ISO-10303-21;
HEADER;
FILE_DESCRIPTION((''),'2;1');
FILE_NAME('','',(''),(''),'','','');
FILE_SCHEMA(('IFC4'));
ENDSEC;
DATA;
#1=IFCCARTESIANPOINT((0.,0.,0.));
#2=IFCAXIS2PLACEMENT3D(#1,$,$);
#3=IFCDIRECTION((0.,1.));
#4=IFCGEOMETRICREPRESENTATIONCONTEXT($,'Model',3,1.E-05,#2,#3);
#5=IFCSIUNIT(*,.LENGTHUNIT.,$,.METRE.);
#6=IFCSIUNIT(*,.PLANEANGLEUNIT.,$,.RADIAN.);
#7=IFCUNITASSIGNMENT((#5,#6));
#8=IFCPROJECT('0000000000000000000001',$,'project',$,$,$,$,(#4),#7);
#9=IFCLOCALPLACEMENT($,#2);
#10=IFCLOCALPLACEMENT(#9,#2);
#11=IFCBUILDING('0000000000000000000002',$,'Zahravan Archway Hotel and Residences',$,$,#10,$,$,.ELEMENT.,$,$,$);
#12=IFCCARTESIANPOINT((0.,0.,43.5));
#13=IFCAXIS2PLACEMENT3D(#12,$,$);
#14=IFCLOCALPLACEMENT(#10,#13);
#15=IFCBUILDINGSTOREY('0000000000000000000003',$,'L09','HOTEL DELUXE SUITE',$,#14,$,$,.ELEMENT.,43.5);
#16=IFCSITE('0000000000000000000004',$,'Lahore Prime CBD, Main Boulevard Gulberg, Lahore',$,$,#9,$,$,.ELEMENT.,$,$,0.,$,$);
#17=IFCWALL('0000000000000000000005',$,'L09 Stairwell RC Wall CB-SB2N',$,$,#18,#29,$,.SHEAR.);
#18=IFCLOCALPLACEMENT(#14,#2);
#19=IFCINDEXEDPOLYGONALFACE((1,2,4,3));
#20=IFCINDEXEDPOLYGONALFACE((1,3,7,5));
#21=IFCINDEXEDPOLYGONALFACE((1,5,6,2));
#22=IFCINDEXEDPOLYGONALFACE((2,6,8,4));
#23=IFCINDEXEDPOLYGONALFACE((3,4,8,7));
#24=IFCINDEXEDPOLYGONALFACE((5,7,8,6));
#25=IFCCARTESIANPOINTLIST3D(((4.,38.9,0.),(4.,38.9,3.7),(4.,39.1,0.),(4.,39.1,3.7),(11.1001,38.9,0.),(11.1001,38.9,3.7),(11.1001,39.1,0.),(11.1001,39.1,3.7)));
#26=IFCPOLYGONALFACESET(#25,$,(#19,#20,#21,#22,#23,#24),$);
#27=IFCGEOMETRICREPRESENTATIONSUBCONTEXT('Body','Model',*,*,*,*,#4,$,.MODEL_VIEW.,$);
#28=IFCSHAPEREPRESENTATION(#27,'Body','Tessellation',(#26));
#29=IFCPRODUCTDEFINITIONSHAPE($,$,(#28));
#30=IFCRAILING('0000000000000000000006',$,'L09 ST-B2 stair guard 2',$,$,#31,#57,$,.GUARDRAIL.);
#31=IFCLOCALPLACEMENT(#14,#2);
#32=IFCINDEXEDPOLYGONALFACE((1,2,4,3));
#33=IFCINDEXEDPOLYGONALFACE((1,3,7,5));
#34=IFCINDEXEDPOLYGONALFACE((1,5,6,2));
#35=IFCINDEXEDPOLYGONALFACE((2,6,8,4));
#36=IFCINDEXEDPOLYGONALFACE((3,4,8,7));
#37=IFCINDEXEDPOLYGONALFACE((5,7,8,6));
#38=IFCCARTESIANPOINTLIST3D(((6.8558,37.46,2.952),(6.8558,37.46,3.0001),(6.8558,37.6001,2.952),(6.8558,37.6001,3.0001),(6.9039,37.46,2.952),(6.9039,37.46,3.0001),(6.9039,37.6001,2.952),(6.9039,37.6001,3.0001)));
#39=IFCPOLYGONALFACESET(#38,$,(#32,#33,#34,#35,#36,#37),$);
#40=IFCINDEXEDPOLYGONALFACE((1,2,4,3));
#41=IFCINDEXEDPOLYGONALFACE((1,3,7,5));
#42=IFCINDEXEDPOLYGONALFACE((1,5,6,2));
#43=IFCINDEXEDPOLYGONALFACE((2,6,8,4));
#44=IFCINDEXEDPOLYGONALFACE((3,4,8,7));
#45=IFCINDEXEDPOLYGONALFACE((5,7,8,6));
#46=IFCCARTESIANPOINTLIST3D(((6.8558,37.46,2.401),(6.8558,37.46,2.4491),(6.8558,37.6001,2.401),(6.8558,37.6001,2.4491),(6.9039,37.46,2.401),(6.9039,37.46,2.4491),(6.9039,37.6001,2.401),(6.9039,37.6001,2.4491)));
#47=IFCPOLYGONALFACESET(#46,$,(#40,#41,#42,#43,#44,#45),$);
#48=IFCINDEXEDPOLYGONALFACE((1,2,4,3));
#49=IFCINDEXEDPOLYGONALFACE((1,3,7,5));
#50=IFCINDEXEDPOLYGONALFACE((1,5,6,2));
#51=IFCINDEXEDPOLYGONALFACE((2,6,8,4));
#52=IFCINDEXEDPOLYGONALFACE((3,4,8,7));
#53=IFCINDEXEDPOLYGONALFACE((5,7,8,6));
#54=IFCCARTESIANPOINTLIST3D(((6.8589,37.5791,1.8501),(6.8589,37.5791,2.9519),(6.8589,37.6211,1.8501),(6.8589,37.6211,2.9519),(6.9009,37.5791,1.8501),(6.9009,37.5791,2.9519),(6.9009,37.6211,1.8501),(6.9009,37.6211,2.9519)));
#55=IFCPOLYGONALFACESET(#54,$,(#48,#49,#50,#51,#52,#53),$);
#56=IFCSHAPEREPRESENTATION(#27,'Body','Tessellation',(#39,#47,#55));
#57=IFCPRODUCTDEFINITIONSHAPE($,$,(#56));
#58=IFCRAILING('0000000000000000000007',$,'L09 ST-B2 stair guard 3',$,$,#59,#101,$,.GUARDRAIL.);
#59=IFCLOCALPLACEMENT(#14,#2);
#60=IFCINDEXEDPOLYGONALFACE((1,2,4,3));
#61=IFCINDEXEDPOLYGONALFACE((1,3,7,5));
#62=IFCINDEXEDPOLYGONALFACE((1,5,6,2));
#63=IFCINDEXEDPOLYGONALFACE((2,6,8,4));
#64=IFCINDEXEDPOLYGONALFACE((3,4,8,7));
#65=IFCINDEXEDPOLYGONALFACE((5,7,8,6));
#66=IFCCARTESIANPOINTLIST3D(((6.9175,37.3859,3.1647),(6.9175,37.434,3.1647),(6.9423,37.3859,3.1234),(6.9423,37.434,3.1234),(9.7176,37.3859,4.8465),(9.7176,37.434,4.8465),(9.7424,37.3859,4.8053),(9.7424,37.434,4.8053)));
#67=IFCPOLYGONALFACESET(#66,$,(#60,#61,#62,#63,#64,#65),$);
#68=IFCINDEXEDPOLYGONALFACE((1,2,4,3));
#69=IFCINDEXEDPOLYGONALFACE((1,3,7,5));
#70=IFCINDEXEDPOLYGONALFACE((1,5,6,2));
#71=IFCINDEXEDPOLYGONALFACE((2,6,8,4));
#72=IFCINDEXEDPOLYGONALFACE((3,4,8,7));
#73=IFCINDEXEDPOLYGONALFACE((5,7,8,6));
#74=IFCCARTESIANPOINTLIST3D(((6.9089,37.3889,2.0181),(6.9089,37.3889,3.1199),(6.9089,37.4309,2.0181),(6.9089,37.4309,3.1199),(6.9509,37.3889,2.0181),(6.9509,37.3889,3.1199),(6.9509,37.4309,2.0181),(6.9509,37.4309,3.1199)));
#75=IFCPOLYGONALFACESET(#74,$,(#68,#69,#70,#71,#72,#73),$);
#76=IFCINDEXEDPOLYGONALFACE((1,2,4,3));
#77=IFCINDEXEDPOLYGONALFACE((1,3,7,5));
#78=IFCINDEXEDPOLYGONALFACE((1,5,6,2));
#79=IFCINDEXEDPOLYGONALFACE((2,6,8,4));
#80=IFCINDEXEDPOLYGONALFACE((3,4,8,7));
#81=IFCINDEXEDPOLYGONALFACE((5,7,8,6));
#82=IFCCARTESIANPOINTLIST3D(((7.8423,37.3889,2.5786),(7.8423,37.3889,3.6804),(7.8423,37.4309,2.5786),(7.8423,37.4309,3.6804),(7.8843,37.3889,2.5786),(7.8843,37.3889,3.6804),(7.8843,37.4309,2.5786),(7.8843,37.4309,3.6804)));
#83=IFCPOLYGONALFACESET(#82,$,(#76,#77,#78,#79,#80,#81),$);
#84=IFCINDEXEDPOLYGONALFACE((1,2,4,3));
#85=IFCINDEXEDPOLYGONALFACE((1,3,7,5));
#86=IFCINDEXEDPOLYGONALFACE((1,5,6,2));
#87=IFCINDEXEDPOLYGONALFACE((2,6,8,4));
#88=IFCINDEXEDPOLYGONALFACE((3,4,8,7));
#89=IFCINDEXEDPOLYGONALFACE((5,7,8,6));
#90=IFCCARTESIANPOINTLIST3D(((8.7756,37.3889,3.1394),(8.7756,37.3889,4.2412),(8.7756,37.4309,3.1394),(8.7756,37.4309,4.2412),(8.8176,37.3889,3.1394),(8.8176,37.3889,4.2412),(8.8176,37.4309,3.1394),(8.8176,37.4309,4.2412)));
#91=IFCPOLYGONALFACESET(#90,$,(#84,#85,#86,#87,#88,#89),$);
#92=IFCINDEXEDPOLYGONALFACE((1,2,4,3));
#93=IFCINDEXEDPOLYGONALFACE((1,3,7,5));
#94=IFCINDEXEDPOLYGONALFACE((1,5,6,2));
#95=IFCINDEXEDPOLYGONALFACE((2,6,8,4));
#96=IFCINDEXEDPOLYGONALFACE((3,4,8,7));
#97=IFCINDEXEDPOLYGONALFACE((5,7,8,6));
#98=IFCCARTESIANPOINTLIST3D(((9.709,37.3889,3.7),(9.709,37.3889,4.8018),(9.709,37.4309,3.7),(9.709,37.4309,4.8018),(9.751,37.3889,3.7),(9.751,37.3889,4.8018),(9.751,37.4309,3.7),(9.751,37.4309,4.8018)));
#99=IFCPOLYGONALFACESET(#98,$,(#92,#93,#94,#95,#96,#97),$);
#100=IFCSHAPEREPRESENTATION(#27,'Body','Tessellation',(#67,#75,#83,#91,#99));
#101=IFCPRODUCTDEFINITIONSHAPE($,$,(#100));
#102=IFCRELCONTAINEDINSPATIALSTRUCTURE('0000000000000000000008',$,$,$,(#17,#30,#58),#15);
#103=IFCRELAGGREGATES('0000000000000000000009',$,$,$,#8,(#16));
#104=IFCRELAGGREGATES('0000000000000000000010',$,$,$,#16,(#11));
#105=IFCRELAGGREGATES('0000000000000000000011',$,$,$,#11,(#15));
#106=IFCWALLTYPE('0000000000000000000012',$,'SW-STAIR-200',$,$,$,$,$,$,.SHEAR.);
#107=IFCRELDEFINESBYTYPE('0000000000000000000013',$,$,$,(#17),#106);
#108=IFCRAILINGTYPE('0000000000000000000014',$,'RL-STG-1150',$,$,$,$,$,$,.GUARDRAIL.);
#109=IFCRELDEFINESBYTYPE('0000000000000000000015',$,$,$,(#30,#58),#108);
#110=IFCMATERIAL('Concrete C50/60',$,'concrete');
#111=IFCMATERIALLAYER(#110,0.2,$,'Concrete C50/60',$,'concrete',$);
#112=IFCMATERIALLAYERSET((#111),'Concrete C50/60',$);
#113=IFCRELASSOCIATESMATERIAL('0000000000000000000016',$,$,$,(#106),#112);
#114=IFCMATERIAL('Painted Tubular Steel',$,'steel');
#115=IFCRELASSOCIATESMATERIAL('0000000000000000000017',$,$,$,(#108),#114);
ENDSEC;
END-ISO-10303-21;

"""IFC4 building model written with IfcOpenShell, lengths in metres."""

from ifc_helpers import new_model, si_unit, direction, frame, frame_2d, origin, origin_2d, place, context, subcontext, project, spatial, rectangle, extrude, material, layer, layer_set, type_object, element, save


model = new_model("IFC4")

# Units and contexts
model_context = context("Model", 3, precision=1e-05, world=origin(), true_north=direction((0.0, 1.0)))
body_context = subcontext(model_context, "Body", "Model", "MODEL_VIEW")
ifc_project = project(units=[si_unit("LENGTHUNIT", "METRE"), si_unit("PLANEANGLEUNIT", "RADIAN")], contexts=[model_context])

# Site, building, storey
site_placement = place(None, origin())
site = spatial("IfcSite", under=ifc_project, at=site_placement, Name="Lahore Prime CBD, Main Boulevard Gulberg, Lahore", CompositionType="ELEMENT", RefElevation=0.0)
building_placement = place(site_placement, origin())
building = spatial("IfcBuilding", under=site, at=building_placement, Name="Zahravan Archway Hotel and Residences", CompositionType="ELEMENT")
storey_placement = place(building_placement, frame((0.0, 0.0, 43.5)))
storey = spatial("IfcBuildingStorey", under=building, at=storey_placement, Name="L09", Description="HOTEL DELUXE SUITE", CompositionType="ELEMENT", Elevation=43.5)

# Wall
ifc_material_1 = material(Name="Concrete C50/60", Category="concrete")
ifc_layer_1 = layer(ifc_material_1, 0.2, Name="Concrete C50/60", Category="concrete")
ifc_layer_set_1 = layer_set([ifc_layer_1], Name="Concrete C50/60")
wall_type_1 = type_object("IfcWallType", Name="SW-STAIR-200", PredefinedType="SHEAR", material=ifc_layer_set_1)
wall_1_placement = place(storey_placement, frame((4.0, 39.0, 0.0), z_axis=(0.0, 0.0, 1.0), x_axis=(1.0, 0.0, 0.0)))
element("IfcWall", 1, at=wall_1_placement, inside=storey, type_object=wall_type_1, Name="L09 Stairwell RC Wall CB-SB2N", PredefinedType="SHEAR", context=body_context, shape_type="SweptSolid", body=[
    extrude(rectangle(XDim=7.1001, YDim=0.2, at=frame_2d((3.55, 0.0))), origin(), (0.0, 0.0, 1.0), 3.7),
])

# Railings
ifc_material_2 = material(Name="Painted Tubular Steel", Category="steel")
railing_type_1 = type_object("IfcRailingType", Name="RL-STG-1150", PredefinedType="GUARDRAIL", material=ifc_material_2)
railing_1_placement = place(storey_placement, frame((6.8799, 37.6001, 1.8501)))
element("IfcRailing", 2, at=railing_1_placement, inside=storey, type_object=railing_type_1, Name="L09 ST-B2 stair guard 2", PredefinedType="GUARDRAIL", context=body_context, shape_type="SweptSolid", body=[
    extrude(rectangle(XDim=0.0481, YDim=0.0481, at=origin_2d()), frame((0.0, 0.0, 1.126), z_axis=(0.0, -1.0, 0.0), x_axis=(1.0, 0.0, 0.0)), (0.0, 0.0, 1.0), 0.1401),
    extrude(rectangle(XDim=0.0481, YDim=0.0481, at=origin_2d()), frame((0.0, 0.0, 0.575), z_axis=(0.0, -1.0, 0.0), x_axis=(1.0, 0.0, 0.0)), (0.0, 0.0, 1.0), 0.1401),
    extrude(rectangle(XDim=0.042, YDim=0.042, at=origin_2d()), origin(), (0.0, 0.0, 1.0), 1.1018),
])
railing_2_placement = place(storey_placement, frame((6.9299, 37.4099, 2.0181)))
element("IfcRailing", 3, at=railing_2_placement, inside=storey, type_object=railing_type_1, Name="L09 ST-B2 stair guard 3", PredefinedType="GUARDRAIL", context=body_context, shape_type="SweptSolid", body=[
    extrude(rectangle(XDim=0.0481, YDim=0.0481, at=origin_2d()), frame((0.0, 0.0, 1.126), z_axis=(0.857242, 0.0, 0.514913), x_axis=(0.0, 1.0, 0.0)), (0.0, 0.0, 1.0), 3.2664),
    extrude(rectangle(XDim=0.042, YDim=0.042, at=origin_2d()), origin(), (0.0, 0.0, 1.0), 1.1018),
    extrude(rectangle(XDim=0.042, YDim=0.042, at=origin_2d()), frame((0.9333, 0.0, 0.5605)), (0.0, 0.0, 1.0), 1.1018),
    extrude(rectangle(XDim=0.042, YDim=0.042, at=origin_2d()), frame((1.8667, 0.0, 1.1213)), (0.0, 0.0, 1.0), 1.1018),
    extrude(rectangle(XDim=0.042, YDim=0.042, at=origin_2d()), frame((2.8, 0.0, 1.6819)), (0.0, 0.0, 1.0), 1.1018),
])

save(model, "model.ifc")
